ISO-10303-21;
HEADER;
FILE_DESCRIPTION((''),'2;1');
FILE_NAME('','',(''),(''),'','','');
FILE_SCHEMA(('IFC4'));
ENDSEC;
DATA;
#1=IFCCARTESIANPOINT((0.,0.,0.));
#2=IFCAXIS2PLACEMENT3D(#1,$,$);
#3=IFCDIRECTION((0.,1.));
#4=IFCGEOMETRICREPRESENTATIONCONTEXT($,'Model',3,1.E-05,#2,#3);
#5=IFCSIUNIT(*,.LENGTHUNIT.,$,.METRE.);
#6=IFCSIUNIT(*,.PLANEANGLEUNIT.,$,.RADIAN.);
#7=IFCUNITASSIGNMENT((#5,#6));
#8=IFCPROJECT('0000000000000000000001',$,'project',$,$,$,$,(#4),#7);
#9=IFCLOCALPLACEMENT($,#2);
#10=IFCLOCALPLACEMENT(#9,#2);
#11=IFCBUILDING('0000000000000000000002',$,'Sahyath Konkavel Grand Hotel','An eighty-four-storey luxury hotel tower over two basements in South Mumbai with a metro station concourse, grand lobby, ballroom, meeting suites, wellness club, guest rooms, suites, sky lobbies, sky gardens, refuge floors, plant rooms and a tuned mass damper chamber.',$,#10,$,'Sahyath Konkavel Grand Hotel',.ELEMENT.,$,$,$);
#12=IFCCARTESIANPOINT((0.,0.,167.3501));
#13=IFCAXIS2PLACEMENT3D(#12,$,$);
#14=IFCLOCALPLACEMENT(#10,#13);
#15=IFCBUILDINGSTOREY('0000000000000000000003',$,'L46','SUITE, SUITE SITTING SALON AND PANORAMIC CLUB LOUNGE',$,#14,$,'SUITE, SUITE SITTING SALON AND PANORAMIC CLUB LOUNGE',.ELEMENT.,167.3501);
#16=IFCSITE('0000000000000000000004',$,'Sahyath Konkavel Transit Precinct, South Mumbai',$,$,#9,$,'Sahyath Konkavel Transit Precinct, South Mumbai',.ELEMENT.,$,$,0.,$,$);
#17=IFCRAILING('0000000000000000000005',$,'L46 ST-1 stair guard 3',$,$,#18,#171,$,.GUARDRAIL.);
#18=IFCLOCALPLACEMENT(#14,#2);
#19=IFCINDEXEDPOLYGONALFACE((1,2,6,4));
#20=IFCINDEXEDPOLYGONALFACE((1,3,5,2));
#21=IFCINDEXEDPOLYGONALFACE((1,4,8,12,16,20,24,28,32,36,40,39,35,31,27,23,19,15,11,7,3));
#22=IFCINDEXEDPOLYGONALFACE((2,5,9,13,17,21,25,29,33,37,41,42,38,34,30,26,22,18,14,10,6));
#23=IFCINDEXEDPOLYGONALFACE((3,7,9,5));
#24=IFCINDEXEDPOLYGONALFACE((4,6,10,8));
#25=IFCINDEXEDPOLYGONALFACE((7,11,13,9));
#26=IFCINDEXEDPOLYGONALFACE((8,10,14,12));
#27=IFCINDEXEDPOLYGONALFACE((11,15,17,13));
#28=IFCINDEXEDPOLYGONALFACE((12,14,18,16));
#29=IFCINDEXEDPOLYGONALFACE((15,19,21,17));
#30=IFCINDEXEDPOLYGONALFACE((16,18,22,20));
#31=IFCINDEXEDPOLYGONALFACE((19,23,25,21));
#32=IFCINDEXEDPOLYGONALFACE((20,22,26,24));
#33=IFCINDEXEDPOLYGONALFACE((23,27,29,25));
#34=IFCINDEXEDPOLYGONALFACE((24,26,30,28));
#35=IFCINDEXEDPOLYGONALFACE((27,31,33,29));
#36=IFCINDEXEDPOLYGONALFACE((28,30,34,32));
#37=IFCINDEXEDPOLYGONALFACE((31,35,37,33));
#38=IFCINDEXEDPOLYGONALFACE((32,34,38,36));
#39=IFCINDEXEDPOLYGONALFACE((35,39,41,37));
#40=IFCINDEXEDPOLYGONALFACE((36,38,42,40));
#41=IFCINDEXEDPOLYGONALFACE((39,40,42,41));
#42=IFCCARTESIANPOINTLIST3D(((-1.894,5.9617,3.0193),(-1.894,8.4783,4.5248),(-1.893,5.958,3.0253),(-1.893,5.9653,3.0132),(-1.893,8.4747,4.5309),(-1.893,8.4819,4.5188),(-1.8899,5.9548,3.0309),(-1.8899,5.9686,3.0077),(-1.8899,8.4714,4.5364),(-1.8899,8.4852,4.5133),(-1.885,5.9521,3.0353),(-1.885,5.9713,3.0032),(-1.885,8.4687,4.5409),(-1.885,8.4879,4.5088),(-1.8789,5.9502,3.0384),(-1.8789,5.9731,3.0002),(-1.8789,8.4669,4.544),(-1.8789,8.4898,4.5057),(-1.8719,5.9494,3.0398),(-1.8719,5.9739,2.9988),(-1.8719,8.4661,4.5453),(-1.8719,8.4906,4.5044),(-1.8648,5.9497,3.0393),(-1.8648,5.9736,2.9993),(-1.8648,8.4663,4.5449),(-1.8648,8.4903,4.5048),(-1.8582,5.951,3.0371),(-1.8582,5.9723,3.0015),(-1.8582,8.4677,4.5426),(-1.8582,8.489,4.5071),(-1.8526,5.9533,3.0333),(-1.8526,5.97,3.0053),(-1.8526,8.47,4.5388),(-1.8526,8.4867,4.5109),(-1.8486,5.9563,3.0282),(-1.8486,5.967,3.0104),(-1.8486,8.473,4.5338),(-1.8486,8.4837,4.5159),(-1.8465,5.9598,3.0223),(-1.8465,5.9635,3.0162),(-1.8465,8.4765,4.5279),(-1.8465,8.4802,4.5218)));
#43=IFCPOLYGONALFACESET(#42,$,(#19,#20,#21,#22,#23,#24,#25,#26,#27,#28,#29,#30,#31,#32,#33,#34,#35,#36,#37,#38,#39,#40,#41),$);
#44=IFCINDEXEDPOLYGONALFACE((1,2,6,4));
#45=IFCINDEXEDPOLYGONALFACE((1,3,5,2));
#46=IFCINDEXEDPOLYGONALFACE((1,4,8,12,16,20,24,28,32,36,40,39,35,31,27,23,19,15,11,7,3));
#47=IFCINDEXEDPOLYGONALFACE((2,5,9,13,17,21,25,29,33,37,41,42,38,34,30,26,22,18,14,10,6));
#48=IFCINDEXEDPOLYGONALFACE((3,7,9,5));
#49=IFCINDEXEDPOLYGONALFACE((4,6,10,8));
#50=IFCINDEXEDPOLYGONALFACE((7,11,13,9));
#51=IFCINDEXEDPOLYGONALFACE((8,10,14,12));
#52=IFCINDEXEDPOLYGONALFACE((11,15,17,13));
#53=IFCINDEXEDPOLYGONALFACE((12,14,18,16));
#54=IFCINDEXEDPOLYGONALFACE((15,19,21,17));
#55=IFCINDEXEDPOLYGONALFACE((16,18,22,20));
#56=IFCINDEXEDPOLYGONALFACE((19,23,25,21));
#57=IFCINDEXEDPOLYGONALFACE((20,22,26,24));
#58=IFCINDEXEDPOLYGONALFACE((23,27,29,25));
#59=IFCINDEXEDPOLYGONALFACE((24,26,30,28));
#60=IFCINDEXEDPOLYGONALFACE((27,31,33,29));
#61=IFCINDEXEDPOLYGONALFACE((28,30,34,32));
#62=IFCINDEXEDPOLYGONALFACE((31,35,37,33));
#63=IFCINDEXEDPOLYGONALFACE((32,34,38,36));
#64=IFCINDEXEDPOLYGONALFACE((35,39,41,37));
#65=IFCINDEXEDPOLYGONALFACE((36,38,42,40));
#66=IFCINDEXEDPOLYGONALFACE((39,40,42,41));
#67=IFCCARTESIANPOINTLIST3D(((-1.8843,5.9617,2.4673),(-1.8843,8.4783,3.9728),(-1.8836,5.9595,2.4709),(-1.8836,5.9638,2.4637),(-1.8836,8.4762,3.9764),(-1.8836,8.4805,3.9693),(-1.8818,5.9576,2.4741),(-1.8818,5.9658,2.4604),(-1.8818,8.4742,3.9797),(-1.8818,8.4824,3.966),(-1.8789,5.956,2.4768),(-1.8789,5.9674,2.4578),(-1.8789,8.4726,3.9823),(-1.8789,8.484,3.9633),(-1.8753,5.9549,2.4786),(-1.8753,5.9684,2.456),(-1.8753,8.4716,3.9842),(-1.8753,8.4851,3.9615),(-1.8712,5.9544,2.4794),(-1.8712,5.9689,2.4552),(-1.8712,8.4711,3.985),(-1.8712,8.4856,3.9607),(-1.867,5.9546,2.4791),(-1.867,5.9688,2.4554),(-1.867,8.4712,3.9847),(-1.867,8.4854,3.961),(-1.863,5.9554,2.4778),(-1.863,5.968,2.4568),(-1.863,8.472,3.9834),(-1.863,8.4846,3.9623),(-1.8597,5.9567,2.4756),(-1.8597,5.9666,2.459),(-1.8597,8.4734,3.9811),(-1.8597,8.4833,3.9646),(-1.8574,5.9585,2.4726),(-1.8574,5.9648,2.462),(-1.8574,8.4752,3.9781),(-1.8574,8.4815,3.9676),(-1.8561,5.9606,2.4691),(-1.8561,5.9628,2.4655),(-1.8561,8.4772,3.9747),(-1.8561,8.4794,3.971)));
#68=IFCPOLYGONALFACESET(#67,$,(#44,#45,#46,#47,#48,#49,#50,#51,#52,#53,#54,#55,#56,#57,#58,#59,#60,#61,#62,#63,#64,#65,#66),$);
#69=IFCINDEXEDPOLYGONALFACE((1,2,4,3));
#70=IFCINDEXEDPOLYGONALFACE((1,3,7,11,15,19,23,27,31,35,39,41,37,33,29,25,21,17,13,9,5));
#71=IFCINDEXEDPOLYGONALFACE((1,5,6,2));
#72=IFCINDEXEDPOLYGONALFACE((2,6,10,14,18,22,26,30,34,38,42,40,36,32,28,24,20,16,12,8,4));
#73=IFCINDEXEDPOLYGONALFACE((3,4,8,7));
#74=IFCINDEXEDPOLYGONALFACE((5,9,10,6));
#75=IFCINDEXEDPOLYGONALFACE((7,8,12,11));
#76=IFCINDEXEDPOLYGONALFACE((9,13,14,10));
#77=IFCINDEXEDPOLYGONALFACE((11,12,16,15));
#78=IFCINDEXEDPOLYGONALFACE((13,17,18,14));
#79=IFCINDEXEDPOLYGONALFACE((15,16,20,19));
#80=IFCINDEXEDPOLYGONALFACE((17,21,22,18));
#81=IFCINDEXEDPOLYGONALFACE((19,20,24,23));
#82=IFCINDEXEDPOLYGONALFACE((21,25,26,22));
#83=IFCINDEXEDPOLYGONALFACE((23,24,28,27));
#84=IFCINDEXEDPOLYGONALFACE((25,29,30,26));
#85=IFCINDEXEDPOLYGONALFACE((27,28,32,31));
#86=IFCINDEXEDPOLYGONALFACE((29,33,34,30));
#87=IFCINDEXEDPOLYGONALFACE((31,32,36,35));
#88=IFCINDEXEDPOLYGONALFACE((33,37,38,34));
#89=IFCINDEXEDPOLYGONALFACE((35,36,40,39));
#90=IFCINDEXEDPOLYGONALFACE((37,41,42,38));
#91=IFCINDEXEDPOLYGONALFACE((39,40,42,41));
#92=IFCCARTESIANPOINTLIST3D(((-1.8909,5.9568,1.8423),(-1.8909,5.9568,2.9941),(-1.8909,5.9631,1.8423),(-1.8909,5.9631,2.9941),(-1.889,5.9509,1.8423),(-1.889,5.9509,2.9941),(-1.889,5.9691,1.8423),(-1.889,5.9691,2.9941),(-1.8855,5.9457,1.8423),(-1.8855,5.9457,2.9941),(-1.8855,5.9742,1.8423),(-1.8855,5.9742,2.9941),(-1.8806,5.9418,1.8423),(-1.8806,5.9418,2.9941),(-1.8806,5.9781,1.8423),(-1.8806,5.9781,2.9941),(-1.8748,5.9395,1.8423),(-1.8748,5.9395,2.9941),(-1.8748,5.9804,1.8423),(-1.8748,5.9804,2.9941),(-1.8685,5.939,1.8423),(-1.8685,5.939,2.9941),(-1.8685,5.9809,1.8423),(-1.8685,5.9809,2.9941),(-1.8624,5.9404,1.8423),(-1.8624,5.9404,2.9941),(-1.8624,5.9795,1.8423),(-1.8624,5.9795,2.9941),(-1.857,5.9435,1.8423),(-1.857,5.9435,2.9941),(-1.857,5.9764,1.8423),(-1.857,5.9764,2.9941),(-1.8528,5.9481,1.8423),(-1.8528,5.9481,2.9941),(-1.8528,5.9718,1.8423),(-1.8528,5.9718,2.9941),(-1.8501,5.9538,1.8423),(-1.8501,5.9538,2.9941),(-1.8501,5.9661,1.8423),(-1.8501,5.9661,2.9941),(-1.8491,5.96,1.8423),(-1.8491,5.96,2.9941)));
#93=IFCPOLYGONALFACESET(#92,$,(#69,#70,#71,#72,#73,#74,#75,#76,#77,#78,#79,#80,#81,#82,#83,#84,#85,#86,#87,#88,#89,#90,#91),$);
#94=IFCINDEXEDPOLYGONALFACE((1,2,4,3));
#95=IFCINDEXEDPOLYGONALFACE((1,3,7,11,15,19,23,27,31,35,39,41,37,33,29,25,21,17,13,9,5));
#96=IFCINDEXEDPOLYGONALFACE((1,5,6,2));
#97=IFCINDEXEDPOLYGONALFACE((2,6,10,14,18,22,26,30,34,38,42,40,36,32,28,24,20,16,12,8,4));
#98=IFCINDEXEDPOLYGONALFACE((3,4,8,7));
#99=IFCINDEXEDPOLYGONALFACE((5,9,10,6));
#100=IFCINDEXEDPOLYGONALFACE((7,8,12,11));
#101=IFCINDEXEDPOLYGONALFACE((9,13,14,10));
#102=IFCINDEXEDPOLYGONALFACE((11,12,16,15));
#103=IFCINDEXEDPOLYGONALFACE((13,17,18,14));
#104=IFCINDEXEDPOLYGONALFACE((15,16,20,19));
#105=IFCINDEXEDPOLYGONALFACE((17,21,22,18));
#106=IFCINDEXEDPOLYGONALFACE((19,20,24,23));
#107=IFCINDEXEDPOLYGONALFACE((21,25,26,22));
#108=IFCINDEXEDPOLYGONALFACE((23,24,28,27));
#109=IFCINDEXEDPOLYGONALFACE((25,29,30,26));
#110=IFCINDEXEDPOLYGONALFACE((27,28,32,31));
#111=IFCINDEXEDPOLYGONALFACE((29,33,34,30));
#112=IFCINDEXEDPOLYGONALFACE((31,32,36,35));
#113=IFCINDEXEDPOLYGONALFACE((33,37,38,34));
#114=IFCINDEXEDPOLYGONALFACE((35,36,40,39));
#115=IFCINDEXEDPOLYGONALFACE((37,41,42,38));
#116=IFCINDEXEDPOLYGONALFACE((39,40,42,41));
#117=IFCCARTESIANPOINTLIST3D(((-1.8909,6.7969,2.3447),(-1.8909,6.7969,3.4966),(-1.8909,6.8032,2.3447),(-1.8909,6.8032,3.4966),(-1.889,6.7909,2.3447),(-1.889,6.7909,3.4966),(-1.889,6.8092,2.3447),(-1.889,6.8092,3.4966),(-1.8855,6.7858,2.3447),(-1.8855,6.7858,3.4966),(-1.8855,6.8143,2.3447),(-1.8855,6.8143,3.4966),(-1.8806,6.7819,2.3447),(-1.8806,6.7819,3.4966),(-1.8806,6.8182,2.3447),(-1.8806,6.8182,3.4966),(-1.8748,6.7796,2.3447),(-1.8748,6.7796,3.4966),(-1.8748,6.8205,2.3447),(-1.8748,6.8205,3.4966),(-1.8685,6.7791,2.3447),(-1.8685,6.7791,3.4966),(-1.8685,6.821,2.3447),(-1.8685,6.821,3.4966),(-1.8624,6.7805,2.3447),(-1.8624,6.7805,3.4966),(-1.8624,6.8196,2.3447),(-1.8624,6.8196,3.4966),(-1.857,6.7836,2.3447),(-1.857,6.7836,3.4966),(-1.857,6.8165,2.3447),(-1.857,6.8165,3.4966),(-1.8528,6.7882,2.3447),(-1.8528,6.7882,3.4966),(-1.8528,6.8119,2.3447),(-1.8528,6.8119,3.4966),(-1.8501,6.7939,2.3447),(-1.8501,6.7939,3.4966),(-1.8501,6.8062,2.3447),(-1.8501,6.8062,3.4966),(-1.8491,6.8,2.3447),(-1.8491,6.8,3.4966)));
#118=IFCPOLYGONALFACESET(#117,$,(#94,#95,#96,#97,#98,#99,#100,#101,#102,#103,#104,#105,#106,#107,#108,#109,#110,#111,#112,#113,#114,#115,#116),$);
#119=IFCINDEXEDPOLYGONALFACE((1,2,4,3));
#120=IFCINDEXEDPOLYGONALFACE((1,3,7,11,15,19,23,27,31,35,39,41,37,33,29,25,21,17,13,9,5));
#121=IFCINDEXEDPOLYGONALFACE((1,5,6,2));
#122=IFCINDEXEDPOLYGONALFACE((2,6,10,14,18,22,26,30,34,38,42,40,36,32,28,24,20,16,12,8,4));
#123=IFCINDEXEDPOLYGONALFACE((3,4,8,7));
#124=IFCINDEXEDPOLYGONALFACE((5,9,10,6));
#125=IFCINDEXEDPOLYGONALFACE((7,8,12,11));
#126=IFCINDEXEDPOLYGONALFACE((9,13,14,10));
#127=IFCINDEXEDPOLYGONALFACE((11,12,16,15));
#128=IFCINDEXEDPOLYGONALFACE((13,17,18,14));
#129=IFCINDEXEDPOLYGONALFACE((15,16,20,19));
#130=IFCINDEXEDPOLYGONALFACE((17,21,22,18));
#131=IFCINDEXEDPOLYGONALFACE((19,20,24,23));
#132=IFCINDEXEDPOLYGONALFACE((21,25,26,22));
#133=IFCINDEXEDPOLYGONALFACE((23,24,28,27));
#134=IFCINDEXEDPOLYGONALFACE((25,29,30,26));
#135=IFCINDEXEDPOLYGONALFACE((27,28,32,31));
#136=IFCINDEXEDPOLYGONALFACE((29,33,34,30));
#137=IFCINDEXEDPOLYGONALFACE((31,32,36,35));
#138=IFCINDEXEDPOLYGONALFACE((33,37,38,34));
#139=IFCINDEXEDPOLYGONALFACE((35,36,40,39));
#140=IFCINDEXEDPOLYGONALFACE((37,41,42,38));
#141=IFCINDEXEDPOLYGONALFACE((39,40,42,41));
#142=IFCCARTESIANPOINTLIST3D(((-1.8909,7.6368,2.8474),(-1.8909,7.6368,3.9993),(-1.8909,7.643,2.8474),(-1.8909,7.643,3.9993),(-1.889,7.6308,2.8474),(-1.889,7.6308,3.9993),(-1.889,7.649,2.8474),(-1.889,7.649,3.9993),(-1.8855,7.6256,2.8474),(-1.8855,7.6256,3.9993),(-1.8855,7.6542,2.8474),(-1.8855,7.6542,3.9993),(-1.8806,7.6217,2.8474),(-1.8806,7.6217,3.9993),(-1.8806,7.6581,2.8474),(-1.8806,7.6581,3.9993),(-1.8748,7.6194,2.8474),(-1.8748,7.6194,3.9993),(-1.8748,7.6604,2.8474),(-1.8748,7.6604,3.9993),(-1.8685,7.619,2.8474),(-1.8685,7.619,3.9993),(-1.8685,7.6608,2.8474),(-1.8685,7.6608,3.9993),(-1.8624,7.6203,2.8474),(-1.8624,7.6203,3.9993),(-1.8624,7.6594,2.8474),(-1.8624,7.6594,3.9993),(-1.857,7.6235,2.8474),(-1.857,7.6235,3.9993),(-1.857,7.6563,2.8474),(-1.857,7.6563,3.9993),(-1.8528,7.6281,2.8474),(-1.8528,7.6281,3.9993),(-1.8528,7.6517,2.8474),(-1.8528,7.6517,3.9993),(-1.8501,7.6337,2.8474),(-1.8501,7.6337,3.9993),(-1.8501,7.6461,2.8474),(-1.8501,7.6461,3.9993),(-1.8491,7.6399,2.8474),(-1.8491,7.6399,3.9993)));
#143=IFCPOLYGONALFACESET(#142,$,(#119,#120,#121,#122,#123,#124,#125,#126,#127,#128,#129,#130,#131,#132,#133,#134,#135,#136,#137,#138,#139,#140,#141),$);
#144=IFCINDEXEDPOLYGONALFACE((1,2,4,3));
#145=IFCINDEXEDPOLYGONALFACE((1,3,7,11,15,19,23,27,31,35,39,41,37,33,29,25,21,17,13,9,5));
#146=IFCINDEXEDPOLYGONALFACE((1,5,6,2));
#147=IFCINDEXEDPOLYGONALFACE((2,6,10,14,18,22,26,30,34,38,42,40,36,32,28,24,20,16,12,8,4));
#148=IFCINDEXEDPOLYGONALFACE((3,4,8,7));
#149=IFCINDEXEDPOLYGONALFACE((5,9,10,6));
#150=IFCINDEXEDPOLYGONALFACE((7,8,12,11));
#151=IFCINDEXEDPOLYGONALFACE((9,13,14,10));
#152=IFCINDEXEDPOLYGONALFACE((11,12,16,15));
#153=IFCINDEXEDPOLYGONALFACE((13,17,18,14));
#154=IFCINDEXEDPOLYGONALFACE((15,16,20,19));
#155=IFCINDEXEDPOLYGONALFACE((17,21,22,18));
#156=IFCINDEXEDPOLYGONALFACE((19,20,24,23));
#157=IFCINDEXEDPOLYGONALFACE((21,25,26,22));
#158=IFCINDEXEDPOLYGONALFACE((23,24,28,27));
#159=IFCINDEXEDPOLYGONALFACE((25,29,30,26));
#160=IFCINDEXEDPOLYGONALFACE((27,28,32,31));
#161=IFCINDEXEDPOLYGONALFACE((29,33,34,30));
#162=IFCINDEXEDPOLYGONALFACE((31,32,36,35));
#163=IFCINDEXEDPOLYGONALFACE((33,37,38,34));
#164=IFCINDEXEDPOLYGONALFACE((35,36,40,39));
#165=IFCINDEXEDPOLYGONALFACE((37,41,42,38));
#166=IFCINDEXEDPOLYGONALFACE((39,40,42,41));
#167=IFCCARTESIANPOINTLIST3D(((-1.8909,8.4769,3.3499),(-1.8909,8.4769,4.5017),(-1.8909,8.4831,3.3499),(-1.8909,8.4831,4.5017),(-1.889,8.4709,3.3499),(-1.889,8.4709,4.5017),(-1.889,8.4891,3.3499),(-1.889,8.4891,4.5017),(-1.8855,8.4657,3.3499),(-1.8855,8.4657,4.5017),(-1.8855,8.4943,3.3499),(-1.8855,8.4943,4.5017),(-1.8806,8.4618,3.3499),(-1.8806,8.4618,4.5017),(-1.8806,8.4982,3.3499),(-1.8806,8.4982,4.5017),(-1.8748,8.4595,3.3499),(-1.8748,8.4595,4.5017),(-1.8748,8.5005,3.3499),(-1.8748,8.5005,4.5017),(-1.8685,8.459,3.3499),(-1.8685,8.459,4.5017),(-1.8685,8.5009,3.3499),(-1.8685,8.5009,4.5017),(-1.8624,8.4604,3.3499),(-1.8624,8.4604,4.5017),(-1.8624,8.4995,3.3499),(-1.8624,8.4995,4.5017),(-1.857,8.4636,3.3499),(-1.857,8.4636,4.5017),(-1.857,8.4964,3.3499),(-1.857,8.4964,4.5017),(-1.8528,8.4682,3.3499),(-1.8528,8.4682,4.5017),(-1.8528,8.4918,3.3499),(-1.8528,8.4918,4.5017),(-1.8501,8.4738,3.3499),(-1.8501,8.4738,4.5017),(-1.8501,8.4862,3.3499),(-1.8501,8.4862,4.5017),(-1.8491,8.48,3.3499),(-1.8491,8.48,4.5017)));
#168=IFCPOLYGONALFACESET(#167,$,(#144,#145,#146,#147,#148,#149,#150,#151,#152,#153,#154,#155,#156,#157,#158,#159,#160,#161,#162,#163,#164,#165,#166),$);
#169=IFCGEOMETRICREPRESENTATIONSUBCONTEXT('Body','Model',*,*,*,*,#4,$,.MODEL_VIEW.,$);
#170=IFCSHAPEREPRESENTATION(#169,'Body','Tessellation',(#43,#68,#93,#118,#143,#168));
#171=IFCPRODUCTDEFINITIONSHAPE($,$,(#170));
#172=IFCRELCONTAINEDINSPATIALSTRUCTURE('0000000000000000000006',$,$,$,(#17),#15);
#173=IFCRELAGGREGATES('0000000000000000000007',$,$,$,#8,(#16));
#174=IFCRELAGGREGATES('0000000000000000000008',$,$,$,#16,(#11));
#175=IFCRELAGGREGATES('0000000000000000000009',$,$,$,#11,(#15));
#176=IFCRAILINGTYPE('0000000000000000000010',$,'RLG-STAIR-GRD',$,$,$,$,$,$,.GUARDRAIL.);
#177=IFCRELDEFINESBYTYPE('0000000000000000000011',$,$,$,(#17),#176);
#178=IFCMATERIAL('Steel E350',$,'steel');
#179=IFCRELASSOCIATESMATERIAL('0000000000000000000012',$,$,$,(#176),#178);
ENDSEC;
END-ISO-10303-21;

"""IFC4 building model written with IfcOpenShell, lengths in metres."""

from ifc_helpers import new_model, si_unit, direction, frame, origin, origin_2d, place, context, subcontext, project, spatial, circle, extrude, material, type_object, element, save


model = new_model("IFC4")

# Units and contexts
model_context = context("Model", 3, precision=1e-05, world=origin(), true_north=direction((0.0, 1.0)))
body_context = subcontext(model_context, "Body", "Model", "MODEL_VIEW")
ifc_project = project(units=[si_unit("LENGTHUNIT", "METRE"), si_unit("PLANEANGLEUNIT", "RADIAN")], contexts=[model_context])

# Site, building, storey
site_placement = place(None, origin())
site = spatial("IfcSite", under=ifc_project, at=site_placement, Name="Sahyath Konkavel Transit Precinct, South Mumbai", LongName="Sahyath Konkavel Transit Precinct, South Mumbai", CompositionType="ELEMENT", RefElevation=0.0)
building_placement = place(site_placement, origin())
building = spatial("IfcBuilding", under=site, at=building_placement, Name="Sahyath Konkavel Grand Hotel", Description="An eighty-four-storey luxury hotel tower over two basements in South Mumbai with a metro station concourse, grand lobby, ballroom, meeting suites, wellness club, guest rooms, suites, sky lobbies, sky gardens, refuge floors, plant rooms and a tuned mass damper chamber.", LongName="Sahyath Konkavel Grand Hotel", CompositionType="ELEMENT")
storey_placement = place(building_placement, frame((0.0, 0.0, 167.3501)))
storey = spatial("IfcBuildingStorey", under=building, at=storey_placement, Name="L46", Description="SUITE, SUITE SITTING SALON AND PANORAMIC CLUB LOUNGE", LongName="SUITE, SUITE SITTING SALON AND PANORAMIC CLUB LOUNGE", CompositionType="ELEMENT", Elevation=167.3501)

# Shared definitions
ifc_material_1 = material(Name="Steel E350", Category="steel")

# Railing
railing_type_1 = type_object("IfcRailingType", Name="RLG-STAIR-GRD", PredefinedType="GUARDRAIL", material=ifc_material_1)
railing_1_placement = place(storey_placement, frame((-1.8701, 5.96, 1.8423)))
element("IfcRailing", 1, at=railing_1_placement, inside=storey, type_object=railing_type_1, Name="L46 ST-1 stair guard 3", PredefinedType="GUARDRAIL", context=body_context, shape_type="SweptSolid", body=[
    extrude(circle(Radius=0.0239, at=origin_2d()), frame((0.0, 0.0017, 1.177), z_axis=(0.0, 0.85816, 0.513383), x_axis=(-1.0, 0.0, 0.0)), (0.0, 0.0, 1.0), 2.9326),
    extrude(circle(Radius=0.0142, at=origin_2d()), frame((0.0, 0.0017, 0.625), z_axis=(0.0, 0.85816, 0.513383), x_axis=(-1.0, 0.0, 0.0)), (0.0, 0.0, 1.0), 2.9326),
    extrude(circle(Radius=0.021, at=origin_2d()), origin(), (0.0, 0.0, 1.0), 1.1519),
    extrude(circle(Radius=0.021, at=origin_2d()), frame((0.0, 0.8401, 0.5024)), (0.0, 0.0, 1.0), 1.1519),
    extrude(circle(Radius=0.021, at=origin_2d()), frame((0.0, 1.6799, 1.0051)), (0.0, 0.0, 1.0), 1.1519),
    extrude(circle(Radius=0.021, at=origin_2d()), frame((0.0, 2.52, 1.5076)), (0.0, 0.0, 1.0), 1.1519),
])

save(model, "model.ifc")
